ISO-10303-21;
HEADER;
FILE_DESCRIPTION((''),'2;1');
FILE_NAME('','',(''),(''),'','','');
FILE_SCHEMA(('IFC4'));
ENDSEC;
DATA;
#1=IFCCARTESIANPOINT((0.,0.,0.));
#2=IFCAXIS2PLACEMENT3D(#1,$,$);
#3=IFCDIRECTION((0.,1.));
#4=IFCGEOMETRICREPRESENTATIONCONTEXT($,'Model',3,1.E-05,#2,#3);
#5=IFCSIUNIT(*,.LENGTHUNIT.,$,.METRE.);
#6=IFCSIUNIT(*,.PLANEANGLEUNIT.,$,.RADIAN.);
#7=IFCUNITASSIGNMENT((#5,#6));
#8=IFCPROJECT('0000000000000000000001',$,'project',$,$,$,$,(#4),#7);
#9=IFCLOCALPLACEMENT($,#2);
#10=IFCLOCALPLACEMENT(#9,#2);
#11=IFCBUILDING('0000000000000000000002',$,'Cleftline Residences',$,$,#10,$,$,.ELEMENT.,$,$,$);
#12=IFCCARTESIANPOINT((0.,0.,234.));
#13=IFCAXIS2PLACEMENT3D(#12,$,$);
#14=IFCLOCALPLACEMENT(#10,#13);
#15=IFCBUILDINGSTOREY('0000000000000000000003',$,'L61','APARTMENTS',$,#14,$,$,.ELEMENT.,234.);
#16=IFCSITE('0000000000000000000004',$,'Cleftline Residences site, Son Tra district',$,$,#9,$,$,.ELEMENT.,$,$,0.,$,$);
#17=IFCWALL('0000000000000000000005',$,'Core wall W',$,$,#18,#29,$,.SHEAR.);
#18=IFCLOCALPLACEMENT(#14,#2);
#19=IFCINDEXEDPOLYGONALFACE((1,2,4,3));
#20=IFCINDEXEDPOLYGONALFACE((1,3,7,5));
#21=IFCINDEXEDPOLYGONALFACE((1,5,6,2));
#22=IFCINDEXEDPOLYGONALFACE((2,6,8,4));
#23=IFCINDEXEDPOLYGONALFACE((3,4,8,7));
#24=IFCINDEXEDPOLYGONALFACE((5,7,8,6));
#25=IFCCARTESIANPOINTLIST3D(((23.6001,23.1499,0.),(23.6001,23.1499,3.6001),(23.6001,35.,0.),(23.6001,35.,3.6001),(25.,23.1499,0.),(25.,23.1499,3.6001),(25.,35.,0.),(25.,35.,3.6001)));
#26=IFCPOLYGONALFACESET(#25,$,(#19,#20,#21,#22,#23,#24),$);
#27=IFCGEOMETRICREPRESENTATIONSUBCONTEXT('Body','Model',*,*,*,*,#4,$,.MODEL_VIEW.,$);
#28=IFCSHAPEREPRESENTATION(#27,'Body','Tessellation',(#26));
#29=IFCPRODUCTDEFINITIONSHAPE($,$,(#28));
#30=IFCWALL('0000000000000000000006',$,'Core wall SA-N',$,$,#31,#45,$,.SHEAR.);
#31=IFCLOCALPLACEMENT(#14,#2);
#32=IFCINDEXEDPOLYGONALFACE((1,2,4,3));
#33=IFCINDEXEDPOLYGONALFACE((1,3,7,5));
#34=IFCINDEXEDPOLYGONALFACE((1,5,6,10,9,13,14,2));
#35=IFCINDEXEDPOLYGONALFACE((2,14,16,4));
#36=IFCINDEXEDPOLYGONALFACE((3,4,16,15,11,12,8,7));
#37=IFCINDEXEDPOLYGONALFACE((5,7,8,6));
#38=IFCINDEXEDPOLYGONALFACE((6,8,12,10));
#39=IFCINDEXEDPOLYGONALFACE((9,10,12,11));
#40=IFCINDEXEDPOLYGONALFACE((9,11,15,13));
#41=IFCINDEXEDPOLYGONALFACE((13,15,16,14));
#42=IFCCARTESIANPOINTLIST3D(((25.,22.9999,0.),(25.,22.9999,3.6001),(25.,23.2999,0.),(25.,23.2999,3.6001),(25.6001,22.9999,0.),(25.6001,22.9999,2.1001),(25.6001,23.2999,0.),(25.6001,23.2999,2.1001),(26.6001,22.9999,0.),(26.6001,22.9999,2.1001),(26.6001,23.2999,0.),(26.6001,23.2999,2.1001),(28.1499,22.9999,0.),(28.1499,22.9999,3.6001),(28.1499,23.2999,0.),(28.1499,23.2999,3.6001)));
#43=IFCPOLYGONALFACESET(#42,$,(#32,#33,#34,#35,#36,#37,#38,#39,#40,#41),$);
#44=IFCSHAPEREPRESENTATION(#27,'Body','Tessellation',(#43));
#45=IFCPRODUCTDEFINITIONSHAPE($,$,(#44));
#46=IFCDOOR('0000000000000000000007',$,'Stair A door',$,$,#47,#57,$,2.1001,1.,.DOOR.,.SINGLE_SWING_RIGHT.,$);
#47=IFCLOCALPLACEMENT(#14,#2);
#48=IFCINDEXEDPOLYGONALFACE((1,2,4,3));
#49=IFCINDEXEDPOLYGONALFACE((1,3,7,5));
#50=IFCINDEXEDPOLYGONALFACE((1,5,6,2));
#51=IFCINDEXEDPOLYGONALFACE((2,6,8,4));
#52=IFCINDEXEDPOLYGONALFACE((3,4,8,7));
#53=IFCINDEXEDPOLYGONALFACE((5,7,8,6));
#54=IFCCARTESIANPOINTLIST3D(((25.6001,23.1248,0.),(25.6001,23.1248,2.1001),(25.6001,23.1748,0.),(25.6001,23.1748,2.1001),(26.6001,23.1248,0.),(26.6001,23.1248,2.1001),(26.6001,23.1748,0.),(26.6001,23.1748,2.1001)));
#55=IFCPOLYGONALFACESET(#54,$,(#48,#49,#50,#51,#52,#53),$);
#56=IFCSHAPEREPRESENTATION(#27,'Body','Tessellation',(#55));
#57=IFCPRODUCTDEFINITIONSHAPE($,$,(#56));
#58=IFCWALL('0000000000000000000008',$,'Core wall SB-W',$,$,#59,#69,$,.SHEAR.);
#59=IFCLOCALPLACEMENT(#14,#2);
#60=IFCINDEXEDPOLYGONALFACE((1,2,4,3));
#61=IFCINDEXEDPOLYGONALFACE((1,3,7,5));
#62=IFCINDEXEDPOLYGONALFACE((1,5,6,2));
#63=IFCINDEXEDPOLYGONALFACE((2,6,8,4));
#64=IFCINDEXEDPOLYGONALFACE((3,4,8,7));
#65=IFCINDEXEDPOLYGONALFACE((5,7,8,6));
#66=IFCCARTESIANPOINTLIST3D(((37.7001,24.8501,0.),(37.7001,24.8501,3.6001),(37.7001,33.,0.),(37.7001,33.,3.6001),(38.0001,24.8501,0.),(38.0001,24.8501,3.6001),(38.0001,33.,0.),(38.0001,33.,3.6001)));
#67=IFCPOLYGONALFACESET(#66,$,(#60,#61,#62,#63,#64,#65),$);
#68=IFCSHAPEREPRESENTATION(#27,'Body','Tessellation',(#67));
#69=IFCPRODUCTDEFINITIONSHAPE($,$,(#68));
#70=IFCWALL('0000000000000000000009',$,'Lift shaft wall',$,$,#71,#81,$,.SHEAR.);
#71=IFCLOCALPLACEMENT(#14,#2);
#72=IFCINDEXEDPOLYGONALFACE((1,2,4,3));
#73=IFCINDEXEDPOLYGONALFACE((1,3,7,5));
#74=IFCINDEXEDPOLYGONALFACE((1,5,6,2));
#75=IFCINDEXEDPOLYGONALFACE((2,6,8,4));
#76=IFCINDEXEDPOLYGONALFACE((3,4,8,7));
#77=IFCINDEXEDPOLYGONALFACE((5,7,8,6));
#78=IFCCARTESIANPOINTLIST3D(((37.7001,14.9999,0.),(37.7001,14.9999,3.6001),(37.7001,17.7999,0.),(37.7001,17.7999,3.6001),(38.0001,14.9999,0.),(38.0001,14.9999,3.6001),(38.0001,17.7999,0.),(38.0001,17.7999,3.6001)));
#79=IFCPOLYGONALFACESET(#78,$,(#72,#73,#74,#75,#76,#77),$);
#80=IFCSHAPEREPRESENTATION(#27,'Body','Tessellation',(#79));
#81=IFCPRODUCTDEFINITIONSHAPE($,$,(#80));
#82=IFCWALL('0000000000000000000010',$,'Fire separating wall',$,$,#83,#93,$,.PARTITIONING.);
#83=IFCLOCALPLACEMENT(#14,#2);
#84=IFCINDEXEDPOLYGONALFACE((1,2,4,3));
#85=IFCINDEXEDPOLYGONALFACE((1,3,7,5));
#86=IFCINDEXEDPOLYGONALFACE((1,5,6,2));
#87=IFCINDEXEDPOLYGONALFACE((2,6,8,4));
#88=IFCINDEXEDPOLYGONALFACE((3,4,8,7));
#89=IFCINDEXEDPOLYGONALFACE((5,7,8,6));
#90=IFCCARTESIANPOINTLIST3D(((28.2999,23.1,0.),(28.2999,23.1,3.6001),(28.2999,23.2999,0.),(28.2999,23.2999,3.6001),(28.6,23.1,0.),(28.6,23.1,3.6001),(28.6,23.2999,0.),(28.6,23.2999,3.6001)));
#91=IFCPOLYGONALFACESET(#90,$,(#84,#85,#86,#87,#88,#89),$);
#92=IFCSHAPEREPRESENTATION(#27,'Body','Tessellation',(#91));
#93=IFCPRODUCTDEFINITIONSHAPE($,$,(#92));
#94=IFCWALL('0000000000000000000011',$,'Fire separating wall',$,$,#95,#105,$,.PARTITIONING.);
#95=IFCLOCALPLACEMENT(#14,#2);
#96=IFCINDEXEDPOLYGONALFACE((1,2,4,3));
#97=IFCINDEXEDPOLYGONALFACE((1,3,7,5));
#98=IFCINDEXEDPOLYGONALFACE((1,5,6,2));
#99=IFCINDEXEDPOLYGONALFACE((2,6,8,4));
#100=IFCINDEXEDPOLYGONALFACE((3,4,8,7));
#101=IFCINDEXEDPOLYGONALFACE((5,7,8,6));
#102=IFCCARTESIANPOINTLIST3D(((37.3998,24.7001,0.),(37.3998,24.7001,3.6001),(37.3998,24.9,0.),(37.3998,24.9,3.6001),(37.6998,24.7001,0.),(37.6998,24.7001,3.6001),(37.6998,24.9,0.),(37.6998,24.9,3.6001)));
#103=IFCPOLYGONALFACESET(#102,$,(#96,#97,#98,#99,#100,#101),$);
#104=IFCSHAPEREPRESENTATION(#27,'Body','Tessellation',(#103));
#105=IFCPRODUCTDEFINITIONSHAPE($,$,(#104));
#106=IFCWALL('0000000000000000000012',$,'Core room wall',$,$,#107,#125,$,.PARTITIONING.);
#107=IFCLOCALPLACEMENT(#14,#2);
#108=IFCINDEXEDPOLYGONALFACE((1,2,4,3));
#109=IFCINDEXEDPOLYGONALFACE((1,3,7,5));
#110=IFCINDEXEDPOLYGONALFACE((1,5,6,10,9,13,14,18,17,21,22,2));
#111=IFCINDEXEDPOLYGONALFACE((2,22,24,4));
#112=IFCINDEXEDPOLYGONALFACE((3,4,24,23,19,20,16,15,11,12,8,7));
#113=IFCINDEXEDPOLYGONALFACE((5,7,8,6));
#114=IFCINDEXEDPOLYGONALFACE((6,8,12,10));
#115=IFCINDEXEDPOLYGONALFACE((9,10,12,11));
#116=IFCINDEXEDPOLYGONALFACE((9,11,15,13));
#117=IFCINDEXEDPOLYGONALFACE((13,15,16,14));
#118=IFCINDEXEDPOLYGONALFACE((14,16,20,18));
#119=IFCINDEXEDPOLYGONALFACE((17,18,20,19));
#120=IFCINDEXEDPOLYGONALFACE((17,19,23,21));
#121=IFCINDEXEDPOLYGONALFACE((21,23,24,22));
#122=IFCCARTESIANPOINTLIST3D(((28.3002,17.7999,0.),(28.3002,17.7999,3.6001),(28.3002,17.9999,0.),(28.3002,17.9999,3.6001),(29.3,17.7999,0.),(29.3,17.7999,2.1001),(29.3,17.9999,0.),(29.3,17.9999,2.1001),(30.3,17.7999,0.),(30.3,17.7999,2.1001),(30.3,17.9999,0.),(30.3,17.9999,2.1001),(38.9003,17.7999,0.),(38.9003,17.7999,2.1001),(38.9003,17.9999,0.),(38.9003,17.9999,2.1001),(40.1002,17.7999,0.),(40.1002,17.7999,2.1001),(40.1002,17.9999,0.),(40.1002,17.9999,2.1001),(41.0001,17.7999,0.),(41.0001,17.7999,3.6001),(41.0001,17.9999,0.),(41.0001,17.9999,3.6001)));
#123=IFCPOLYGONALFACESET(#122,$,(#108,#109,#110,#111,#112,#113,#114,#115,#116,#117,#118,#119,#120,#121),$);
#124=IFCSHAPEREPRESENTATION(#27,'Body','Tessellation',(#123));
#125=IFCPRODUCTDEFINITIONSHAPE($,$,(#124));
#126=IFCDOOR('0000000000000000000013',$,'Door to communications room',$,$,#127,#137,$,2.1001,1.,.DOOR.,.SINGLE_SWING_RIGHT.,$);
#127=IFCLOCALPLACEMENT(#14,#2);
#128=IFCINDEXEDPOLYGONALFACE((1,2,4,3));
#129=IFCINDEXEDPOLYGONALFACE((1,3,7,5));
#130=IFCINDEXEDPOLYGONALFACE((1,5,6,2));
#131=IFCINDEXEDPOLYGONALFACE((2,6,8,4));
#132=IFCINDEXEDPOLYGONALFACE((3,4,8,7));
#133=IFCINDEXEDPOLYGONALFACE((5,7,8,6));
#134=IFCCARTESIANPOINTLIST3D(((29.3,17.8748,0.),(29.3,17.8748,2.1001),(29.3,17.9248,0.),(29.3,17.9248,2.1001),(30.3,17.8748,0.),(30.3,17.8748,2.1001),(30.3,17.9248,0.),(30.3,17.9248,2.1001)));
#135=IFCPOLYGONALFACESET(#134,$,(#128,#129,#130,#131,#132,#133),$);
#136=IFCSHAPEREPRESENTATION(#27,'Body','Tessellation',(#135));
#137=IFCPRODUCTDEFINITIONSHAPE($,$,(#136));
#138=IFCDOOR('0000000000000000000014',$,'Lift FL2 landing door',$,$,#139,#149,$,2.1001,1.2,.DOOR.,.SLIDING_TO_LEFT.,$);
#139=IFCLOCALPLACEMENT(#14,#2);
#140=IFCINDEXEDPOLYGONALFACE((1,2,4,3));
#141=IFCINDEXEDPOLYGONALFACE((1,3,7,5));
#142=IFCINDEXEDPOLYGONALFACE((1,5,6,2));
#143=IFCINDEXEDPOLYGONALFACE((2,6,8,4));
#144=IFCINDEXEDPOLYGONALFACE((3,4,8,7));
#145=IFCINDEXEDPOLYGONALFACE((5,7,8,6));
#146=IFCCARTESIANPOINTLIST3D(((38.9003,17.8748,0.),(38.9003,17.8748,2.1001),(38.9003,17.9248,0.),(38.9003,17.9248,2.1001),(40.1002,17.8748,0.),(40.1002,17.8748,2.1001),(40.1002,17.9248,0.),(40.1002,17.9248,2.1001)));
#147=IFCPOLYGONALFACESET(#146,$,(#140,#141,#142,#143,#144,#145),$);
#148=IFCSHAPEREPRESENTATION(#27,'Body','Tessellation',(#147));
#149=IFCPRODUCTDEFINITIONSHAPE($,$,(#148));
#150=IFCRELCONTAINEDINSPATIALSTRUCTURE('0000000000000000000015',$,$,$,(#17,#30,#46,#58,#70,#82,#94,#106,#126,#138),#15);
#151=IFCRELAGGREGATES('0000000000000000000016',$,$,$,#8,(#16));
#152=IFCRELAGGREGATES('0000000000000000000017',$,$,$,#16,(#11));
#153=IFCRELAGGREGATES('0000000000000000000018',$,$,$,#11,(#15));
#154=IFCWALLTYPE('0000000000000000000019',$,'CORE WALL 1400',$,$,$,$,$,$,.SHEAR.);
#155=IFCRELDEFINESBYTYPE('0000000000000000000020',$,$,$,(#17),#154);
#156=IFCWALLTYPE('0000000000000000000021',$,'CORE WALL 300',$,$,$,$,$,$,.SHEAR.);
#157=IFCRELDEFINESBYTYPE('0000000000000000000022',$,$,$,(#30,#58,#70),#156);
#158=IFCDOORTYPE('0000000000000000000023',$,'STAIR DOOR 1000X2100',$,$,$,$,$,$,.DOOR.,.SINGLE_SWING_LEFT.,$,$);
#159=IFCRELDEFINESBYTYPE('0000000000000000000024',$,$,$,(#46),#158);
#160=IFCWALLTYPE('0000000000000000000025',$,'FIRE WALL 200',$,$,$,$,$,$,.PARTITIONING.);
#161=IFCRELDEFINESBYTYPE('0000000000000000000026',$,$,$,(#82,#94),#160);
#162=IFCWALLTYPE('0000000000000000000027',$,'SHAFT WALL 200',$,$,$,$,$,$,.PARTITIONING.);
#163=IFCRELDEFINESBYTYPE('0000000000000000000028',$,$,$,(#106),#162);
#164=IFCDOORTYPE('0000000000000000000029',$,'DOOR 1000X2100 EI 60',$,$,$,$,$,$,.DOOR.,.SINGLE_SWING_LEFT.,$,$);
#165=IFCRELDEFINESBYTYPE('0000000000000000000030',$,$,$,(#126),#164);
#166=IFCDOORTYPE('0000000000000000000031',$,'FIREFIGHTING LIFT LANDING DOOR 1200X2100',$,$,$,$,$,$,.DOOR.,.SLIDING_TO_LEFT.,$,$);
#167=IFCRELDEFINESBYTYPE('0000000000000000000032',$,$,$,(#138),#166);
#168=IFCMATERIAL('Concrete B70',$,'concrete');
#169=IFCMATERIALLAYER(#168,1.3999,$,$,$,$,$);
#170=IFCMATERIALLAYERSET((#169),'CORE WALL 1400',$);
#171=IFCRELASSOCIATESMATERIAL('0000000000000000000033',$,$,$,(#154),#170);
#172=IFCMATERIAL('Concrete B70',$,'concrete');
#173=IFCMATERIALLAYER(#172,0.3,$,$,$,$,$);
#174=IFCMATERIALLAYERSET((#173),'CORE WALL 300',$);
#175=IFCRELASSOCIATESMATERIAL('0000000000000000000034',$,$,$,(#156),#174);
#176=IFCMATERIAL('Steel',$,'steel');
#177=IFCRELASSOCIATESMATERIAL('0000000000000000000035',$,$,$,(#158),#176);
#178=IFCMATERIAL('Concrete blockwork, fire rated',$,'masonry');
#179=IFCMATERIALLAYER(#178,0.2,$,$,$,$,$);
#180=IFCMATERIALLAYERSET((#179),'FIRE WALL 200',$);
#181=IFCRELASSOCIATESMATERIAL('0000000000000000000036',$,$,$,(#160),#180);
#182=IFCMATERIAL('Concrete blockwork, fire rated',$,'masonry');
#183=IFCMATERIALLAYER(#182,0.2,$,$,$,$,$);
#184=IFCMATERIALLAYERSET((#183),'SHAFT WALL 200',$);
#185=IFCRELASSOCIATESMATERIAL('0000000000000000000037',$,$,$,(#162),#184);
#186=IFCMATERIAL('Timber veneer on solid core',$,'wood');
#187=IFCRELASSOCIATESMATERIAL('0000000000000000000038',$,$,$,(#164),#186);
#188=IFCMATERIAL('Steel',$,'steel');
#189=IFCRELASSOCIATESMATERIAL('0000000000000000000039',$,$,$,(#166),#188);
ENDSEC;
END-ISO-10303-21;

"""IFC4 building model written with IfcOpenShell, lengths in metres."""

from ifc_helpers import new_model, si_unit, direction, frame, frame_2d, origin, place, context, subcontext, project, spatial, rectangle, extrude, material, layer, layer_set, type_object, element, fill, save


model = new_model("IFC4")

# Units and contexts
model_context = context("Model", 3, precision=1e-05, world=origin(), true_north=direction((0.0, 1.0)))
body_context = subcontext(model_context, "Body", "Model", "MODEL_VIEW")
ifc_project = project(units=[si_unit("LENGTHUNIT", "METRE"), si_unit("PLANEANGLEUNIT", "RADIAN")], contexts=[model_context])

# Site, building, storey
site_placement = place(None, origin())
site = spatial("IfcSite", under=ifc_project, at=site_placement, Name="Cleftline Residences site, Son Tra district", CompositionType="ELEMENT", RefElevation=0.0)
building_placement = place(site_placement, origin())
building = spatial("IfcBuilding", under=site, at=building_placement, Name="Cleftline Residences", CompositionType="ELEMENT")
storey_placement = place(building_placement, frame((0.0, 0.0, 234.0)))
storey = spatial("IfcBuildingStorey", under=building, at=storey_placement, Name="L61", Description="APARTMENTS", CompositionType="ELEMENT", Elevation=234.0)

# Wall
ifc_material_1 = material(Name="Concrete B70", Category="concrete")
ifc_layer_1 = layer(ifc_material_1, 1.3999)
ifc_layer_set_1 = layer_set([ifc_layer_1], Name="CORE WALL 1400")
wall_type_1 = type_object("IfcWallType", Name="CORE WALL 1400", PredefinedType="SHEAR", material=ifc_layer_set_1)
wall_1_placement = place(storey_placement, frame((24.3, 23.1499, 0.0), z_axis=(0.0, 0.0, 1.0), x_axis=(0.0, 1.0, 0.0)))
element("IfcWall", 1, at=wall_1_placement, inside=storey, type_object=wall_type_1, Name="Core wall W", PredefinedType="SHEAR", context=body_context, shape_type="SweptSolid", body=[
    extrude(rectangle(XDim=11.8501, YDim=1.3999, at=frame_2d((5.925, 0.0))), origin(), (0.0, 0.0, 1.0), 3.6001),
])

# Wall, opening, door
ifc_material_2 = material(Name="Concrete B70", Category="concrete")
ifc_layer_2 = layer(ifc_material_2, 0.3)
ifc_layer_set_2 = layer_set([ifc_layer_2], Name="CORE WALL 300")
wall_type_2 = type_object("IfcWallType", Name="CORE WALL 300", PredefinedType="SHEAR", material=ifc_layer_set_2)
wall_2_placement = place(storey_placement, frame((25.0, 23.1499, 0.0), z_axis=(0.0, 0.0, 1.0), x_axis=(1.0, 0.0, 0.0)))
wall_2 = element("IfcWall", 2, at=wall_2_placement, inside=storey, type_object=wall_type_2, Name="Core wall SA-N", PredefinedType="SHEAR", context=body_context, shape_type="SweptSolid", body=[
    extrude(rectangle(XDim=3.1499, YDim=0.3, at=frame_2d((1.575, 0.0))), origin(), (0.0, 0.0, 1.0), 3.6001),
])
opening_1_placement = place(wall_2_placement, frame((0.6001, 0.0, 0.0)))
opening_1 = element("IfcOpeningElement", 3, at=opening_1_placement, cuts=wall_2, PredefinedType="OPENING", context=body_context, shape_type="SweptSolid", body=[
    extrude(rectangle(XDim=1.0, YDim=2.1001, at=frame_2d((0.5, 1.05))), frame((0.0, 0.1599, 0.0), z_axis=(0.0, -1.0, 0.0), x_axis=(1.0, 0.0, 0.0)), (0.0, 0.0, 1.0), 0.3201),
])
ifc_material_3 = material(Name="Steel", Category="steel")
door_type_1 = type_object("IfcDoorType", Name="STAIR DOOR 1000X2100", OperationType="SINGLE_SWING_LEFT", PredefinedType="DOOR", material=ifc_material_3)
door_1_placement = place(opening_1_placement, origin())
door_1 = element("IfcDoor", 4, at=door_1_placement, inside=storey, type_object=door_type_1, Name="Stair A door", OperationType="SINGLE_SWING_RIGHT", OverallHeight=2.1001, OverallWidth=1.0, PredefinedType="DOOR", context=body_context, shape_type="SweptSolid", body=[
    extrude(rectangle(XDim=1.0, YDim=2.1001, at=frame_2d((0.5, 1.05))), frame((0.0, 0.0249, 0.0), z_axis=(0.0, -1.0, 0.0), x_axis=(1.0, 0.0, 0.0)), (0.0, 0.0, 1.0), 0.05),
])
fill(opening_1, door_1)

# Walls
wall_3_placement = place(storey_placement, frame((37.8501, 24.8501, 0.0), z_axis=(0.0, 0.0, 1.0), x_axis=(0.0, 1.0, 0.0)))
element("IfcWall", 5, at=wall_3_placement, inside=storey, type_object=wall_type_2, Name="Core wall SB-W", PredefinedType="SHEAR", context=body_context, shape_type="SweptSolid", body=[
    extrude(rectangle(XDim=8.1499, YDim=0.3, at=frame_2d((4.075, 0.0))), origin(), (0.0, 0.0, 1.0), 3.6001),
])
wall_4_placement = place(storey_placement, frame((37.8501, 15.0, 0.0), z_axis=(0.0, 0.0, 1.0), x_axis=(0.0, 1.0, 0.0)))
element("IfcWall", 6, at=wall_4_placement, inside=storey, type_object=wall_type_2, Name="Lift shaft wall", PredefinedType="SHEAR", context=body_context, shape_type="SweptSolid", body=[
    extrude(rectangle(XDim=2.8, YDim=0.3, at=frame_2d((1.3999, 0.0))), origin(), (0.0, 0.0, 1.0), 3.6001),
])
ifc_material_4 = material(Name="Concrete blockwork, fire rated", Category="masonry")
ifc_layer_3 = layer(ifc_material_4, 0.2)
ifc_layer_set_3 = layer_set([ifc_layer_3], Name="FIRE WALL 200")
wall_type_3 = type_object("IfcWallType", Name="FIRE WALL 200", PredefinedType="PARTITIONING", material=ifc_layer_set_3)
for number, where, z_axis, x_axis, name in (
    (7, (28.3, 23.2, 0.0), (0.0, 0.0, 1.0), (1.0, 0.0, 0.0), "Fire separating wall"),
    (8, (37.3999, 24.8, 0.0), (0.0, 0.0, 1.0), (1.0, 0.0, 0.0), "Fire separating wall"),
):
    element("IfcWall", number, at=place(storey_placement, frame(where, z_axis=z_axis, x_axis=x_axis)), inside=storey, type_object=wall_type_3, Name=name, PredefinedType="PARTITIONING", context=body_context, shape_type="SweptSolid", body=[
        extrude(rectangle(XDim=0.3, YDim=0.2, at=frame_2d((0.1499, 0.0))), origin(), (0.0, 0.0, 1.0), 3.6001),
    ])

# Wall, openings, doors
ifc_material_5 = material(Name="Concrete blockwork, fire rated", Category="masonry")
ifc_layer_4 = layer(ifc_material_5, 0.2)
ifc_layer_set_4 = layer_set([ifc_layer_4], Name="SHAFT WALL 200")
wall_type_4 = type_object("IfcWallType", Name="SHAFT WALL 200", PredefinedType="PARTITIONING", material=ifc_layer_set_4)
wall_5_placement = place(storey_placement, frame((28.3, 17.8999, 0.0), z_axis=(0.0, 0.0, 1.0), x_axis=(1.0, 0.0, 0.0)))
wall_5 = element("IfcWall", 9, at=wall_5_placement, inside=storey, type_object=wall_type_4, Name="Core room wall", PredefinedType="PARTITIONING", context=body_context, shape_type="SweptSolid", body=[
    extrude(rectangle(XDim=12.7, YDim=0.2, at=frame_2d((6.3501, 0.0))), origin(), (0.0, 0.0, 1.0), 3.6001),
])
opening_2_placement = place(wall_5_placement, frame((1.0, 0.0, 0.0)))
opening_2 = element("IfcOpeningElement", 10, at=opening_2_placement, cuts=wall_5, PredefinedType="OPENING", context=body_context, shape_type="SweptSolid", body=[
    extrude(rectangle(XDim=1.0, YDim=2.1001, at=frame_2d((0.5, 1.05))), frame((0.0, 0.1099, 0.0), z_axis=(0.0, -1.0, 0.0), x_axis=(1.0, 0.0, 0.0)), (0.0, 0.0, 1.0), 0.22),
])
opening_3_placement = place(wall_5_placement, frame((10.6001, 0.0, 0.0)))
opening_3 = element("IfcOpeningElement", 11, at=opening_3_placement, cuts=wall_5, PredefinedType="OPENING", context=body_context, shape_type="SweptSolid", body=[
    extrude(rectangle(XDim=1.2, YDim=2.1001, at=frame_2d((0.6001, 1.05))), frame((0.0, 0.1099, 0.0), z_axis=(0.0, -1.0, 0.0), x_axis=(1.0, 0.0, 0.0)), (0.0, 0.0, 1.0), 0.22),
])
ifc_material_6 = material(Name="Timber veneer on solid core", Category="wood")
door_type_2 = type_object("IfcDoorType", Name="DOOR 1000X2100 EI 60", OperationType="SINGLE_SWING_LEFT", PredefinedType="DOOR", material=ifc_material_6)
door_2_placement = place(opening_2_placement, origin())
door_2 = element("IfcDoor", 12, at=door_2_placement, inside=storey, type_object=door_type_2, Name="Door to communications room", OperationType="SINGLE_SWING_RIGHT", OverallHeight=2.1001, OverallWidth=1.0, PredefinedType="DOOR", context=body_context, shape_type="SweptSolid", body=[
    extrude(rectangle(XDim=1.0, YDim=2.1001, at=frame_2d((0.5, 1.05))), frame((0.0, 0.0249, 0.0), z_axis=(0.0, -1.0, 0.0), x_axis=(1.0, 0.0, 0.0)), (0.0, 0.0, 1.0), 0.05),
])
fill(opening_2, door_2)
ifc_material_7 = material(Name="Steel", Category="steel")
door_type_3 = type_object("IfcDoorType", Name="FIREFIGHTING LIFT LANDING DOOR 1200X2100", OperationType="SLIDING_TO_LEFT", PredefinedType="DOOR", material=ifc_material_7)
door_3_placement = place(opening_3_placement, origin())
door_3 = element("IfcDoor", 13, at=door_3_placement, inside=storey, type_object=door_type_3, Name="Lift FL2 landing door", OperationType="SLIDING_TO_LEFT", OverallHeight=2.1001, OverallWidth=1.2, PredefinedType="DOOR", context=body_context, shape_type="SweptSolid", body=[
    extrude(rectangle(XDim=1.2, YDim=2.1001, at=frame_2d((0.6001, 1.05))), frame((0.0, 0.0249, 0.0), z_axis=(0.0, -1.0, 0.0), x_axis=(1.0, 0.0, 0.0)), (0.0, 0.0, 1.0), 0.05),
])
fill(opening_3, door_3)

save(model, "model.ifc")
